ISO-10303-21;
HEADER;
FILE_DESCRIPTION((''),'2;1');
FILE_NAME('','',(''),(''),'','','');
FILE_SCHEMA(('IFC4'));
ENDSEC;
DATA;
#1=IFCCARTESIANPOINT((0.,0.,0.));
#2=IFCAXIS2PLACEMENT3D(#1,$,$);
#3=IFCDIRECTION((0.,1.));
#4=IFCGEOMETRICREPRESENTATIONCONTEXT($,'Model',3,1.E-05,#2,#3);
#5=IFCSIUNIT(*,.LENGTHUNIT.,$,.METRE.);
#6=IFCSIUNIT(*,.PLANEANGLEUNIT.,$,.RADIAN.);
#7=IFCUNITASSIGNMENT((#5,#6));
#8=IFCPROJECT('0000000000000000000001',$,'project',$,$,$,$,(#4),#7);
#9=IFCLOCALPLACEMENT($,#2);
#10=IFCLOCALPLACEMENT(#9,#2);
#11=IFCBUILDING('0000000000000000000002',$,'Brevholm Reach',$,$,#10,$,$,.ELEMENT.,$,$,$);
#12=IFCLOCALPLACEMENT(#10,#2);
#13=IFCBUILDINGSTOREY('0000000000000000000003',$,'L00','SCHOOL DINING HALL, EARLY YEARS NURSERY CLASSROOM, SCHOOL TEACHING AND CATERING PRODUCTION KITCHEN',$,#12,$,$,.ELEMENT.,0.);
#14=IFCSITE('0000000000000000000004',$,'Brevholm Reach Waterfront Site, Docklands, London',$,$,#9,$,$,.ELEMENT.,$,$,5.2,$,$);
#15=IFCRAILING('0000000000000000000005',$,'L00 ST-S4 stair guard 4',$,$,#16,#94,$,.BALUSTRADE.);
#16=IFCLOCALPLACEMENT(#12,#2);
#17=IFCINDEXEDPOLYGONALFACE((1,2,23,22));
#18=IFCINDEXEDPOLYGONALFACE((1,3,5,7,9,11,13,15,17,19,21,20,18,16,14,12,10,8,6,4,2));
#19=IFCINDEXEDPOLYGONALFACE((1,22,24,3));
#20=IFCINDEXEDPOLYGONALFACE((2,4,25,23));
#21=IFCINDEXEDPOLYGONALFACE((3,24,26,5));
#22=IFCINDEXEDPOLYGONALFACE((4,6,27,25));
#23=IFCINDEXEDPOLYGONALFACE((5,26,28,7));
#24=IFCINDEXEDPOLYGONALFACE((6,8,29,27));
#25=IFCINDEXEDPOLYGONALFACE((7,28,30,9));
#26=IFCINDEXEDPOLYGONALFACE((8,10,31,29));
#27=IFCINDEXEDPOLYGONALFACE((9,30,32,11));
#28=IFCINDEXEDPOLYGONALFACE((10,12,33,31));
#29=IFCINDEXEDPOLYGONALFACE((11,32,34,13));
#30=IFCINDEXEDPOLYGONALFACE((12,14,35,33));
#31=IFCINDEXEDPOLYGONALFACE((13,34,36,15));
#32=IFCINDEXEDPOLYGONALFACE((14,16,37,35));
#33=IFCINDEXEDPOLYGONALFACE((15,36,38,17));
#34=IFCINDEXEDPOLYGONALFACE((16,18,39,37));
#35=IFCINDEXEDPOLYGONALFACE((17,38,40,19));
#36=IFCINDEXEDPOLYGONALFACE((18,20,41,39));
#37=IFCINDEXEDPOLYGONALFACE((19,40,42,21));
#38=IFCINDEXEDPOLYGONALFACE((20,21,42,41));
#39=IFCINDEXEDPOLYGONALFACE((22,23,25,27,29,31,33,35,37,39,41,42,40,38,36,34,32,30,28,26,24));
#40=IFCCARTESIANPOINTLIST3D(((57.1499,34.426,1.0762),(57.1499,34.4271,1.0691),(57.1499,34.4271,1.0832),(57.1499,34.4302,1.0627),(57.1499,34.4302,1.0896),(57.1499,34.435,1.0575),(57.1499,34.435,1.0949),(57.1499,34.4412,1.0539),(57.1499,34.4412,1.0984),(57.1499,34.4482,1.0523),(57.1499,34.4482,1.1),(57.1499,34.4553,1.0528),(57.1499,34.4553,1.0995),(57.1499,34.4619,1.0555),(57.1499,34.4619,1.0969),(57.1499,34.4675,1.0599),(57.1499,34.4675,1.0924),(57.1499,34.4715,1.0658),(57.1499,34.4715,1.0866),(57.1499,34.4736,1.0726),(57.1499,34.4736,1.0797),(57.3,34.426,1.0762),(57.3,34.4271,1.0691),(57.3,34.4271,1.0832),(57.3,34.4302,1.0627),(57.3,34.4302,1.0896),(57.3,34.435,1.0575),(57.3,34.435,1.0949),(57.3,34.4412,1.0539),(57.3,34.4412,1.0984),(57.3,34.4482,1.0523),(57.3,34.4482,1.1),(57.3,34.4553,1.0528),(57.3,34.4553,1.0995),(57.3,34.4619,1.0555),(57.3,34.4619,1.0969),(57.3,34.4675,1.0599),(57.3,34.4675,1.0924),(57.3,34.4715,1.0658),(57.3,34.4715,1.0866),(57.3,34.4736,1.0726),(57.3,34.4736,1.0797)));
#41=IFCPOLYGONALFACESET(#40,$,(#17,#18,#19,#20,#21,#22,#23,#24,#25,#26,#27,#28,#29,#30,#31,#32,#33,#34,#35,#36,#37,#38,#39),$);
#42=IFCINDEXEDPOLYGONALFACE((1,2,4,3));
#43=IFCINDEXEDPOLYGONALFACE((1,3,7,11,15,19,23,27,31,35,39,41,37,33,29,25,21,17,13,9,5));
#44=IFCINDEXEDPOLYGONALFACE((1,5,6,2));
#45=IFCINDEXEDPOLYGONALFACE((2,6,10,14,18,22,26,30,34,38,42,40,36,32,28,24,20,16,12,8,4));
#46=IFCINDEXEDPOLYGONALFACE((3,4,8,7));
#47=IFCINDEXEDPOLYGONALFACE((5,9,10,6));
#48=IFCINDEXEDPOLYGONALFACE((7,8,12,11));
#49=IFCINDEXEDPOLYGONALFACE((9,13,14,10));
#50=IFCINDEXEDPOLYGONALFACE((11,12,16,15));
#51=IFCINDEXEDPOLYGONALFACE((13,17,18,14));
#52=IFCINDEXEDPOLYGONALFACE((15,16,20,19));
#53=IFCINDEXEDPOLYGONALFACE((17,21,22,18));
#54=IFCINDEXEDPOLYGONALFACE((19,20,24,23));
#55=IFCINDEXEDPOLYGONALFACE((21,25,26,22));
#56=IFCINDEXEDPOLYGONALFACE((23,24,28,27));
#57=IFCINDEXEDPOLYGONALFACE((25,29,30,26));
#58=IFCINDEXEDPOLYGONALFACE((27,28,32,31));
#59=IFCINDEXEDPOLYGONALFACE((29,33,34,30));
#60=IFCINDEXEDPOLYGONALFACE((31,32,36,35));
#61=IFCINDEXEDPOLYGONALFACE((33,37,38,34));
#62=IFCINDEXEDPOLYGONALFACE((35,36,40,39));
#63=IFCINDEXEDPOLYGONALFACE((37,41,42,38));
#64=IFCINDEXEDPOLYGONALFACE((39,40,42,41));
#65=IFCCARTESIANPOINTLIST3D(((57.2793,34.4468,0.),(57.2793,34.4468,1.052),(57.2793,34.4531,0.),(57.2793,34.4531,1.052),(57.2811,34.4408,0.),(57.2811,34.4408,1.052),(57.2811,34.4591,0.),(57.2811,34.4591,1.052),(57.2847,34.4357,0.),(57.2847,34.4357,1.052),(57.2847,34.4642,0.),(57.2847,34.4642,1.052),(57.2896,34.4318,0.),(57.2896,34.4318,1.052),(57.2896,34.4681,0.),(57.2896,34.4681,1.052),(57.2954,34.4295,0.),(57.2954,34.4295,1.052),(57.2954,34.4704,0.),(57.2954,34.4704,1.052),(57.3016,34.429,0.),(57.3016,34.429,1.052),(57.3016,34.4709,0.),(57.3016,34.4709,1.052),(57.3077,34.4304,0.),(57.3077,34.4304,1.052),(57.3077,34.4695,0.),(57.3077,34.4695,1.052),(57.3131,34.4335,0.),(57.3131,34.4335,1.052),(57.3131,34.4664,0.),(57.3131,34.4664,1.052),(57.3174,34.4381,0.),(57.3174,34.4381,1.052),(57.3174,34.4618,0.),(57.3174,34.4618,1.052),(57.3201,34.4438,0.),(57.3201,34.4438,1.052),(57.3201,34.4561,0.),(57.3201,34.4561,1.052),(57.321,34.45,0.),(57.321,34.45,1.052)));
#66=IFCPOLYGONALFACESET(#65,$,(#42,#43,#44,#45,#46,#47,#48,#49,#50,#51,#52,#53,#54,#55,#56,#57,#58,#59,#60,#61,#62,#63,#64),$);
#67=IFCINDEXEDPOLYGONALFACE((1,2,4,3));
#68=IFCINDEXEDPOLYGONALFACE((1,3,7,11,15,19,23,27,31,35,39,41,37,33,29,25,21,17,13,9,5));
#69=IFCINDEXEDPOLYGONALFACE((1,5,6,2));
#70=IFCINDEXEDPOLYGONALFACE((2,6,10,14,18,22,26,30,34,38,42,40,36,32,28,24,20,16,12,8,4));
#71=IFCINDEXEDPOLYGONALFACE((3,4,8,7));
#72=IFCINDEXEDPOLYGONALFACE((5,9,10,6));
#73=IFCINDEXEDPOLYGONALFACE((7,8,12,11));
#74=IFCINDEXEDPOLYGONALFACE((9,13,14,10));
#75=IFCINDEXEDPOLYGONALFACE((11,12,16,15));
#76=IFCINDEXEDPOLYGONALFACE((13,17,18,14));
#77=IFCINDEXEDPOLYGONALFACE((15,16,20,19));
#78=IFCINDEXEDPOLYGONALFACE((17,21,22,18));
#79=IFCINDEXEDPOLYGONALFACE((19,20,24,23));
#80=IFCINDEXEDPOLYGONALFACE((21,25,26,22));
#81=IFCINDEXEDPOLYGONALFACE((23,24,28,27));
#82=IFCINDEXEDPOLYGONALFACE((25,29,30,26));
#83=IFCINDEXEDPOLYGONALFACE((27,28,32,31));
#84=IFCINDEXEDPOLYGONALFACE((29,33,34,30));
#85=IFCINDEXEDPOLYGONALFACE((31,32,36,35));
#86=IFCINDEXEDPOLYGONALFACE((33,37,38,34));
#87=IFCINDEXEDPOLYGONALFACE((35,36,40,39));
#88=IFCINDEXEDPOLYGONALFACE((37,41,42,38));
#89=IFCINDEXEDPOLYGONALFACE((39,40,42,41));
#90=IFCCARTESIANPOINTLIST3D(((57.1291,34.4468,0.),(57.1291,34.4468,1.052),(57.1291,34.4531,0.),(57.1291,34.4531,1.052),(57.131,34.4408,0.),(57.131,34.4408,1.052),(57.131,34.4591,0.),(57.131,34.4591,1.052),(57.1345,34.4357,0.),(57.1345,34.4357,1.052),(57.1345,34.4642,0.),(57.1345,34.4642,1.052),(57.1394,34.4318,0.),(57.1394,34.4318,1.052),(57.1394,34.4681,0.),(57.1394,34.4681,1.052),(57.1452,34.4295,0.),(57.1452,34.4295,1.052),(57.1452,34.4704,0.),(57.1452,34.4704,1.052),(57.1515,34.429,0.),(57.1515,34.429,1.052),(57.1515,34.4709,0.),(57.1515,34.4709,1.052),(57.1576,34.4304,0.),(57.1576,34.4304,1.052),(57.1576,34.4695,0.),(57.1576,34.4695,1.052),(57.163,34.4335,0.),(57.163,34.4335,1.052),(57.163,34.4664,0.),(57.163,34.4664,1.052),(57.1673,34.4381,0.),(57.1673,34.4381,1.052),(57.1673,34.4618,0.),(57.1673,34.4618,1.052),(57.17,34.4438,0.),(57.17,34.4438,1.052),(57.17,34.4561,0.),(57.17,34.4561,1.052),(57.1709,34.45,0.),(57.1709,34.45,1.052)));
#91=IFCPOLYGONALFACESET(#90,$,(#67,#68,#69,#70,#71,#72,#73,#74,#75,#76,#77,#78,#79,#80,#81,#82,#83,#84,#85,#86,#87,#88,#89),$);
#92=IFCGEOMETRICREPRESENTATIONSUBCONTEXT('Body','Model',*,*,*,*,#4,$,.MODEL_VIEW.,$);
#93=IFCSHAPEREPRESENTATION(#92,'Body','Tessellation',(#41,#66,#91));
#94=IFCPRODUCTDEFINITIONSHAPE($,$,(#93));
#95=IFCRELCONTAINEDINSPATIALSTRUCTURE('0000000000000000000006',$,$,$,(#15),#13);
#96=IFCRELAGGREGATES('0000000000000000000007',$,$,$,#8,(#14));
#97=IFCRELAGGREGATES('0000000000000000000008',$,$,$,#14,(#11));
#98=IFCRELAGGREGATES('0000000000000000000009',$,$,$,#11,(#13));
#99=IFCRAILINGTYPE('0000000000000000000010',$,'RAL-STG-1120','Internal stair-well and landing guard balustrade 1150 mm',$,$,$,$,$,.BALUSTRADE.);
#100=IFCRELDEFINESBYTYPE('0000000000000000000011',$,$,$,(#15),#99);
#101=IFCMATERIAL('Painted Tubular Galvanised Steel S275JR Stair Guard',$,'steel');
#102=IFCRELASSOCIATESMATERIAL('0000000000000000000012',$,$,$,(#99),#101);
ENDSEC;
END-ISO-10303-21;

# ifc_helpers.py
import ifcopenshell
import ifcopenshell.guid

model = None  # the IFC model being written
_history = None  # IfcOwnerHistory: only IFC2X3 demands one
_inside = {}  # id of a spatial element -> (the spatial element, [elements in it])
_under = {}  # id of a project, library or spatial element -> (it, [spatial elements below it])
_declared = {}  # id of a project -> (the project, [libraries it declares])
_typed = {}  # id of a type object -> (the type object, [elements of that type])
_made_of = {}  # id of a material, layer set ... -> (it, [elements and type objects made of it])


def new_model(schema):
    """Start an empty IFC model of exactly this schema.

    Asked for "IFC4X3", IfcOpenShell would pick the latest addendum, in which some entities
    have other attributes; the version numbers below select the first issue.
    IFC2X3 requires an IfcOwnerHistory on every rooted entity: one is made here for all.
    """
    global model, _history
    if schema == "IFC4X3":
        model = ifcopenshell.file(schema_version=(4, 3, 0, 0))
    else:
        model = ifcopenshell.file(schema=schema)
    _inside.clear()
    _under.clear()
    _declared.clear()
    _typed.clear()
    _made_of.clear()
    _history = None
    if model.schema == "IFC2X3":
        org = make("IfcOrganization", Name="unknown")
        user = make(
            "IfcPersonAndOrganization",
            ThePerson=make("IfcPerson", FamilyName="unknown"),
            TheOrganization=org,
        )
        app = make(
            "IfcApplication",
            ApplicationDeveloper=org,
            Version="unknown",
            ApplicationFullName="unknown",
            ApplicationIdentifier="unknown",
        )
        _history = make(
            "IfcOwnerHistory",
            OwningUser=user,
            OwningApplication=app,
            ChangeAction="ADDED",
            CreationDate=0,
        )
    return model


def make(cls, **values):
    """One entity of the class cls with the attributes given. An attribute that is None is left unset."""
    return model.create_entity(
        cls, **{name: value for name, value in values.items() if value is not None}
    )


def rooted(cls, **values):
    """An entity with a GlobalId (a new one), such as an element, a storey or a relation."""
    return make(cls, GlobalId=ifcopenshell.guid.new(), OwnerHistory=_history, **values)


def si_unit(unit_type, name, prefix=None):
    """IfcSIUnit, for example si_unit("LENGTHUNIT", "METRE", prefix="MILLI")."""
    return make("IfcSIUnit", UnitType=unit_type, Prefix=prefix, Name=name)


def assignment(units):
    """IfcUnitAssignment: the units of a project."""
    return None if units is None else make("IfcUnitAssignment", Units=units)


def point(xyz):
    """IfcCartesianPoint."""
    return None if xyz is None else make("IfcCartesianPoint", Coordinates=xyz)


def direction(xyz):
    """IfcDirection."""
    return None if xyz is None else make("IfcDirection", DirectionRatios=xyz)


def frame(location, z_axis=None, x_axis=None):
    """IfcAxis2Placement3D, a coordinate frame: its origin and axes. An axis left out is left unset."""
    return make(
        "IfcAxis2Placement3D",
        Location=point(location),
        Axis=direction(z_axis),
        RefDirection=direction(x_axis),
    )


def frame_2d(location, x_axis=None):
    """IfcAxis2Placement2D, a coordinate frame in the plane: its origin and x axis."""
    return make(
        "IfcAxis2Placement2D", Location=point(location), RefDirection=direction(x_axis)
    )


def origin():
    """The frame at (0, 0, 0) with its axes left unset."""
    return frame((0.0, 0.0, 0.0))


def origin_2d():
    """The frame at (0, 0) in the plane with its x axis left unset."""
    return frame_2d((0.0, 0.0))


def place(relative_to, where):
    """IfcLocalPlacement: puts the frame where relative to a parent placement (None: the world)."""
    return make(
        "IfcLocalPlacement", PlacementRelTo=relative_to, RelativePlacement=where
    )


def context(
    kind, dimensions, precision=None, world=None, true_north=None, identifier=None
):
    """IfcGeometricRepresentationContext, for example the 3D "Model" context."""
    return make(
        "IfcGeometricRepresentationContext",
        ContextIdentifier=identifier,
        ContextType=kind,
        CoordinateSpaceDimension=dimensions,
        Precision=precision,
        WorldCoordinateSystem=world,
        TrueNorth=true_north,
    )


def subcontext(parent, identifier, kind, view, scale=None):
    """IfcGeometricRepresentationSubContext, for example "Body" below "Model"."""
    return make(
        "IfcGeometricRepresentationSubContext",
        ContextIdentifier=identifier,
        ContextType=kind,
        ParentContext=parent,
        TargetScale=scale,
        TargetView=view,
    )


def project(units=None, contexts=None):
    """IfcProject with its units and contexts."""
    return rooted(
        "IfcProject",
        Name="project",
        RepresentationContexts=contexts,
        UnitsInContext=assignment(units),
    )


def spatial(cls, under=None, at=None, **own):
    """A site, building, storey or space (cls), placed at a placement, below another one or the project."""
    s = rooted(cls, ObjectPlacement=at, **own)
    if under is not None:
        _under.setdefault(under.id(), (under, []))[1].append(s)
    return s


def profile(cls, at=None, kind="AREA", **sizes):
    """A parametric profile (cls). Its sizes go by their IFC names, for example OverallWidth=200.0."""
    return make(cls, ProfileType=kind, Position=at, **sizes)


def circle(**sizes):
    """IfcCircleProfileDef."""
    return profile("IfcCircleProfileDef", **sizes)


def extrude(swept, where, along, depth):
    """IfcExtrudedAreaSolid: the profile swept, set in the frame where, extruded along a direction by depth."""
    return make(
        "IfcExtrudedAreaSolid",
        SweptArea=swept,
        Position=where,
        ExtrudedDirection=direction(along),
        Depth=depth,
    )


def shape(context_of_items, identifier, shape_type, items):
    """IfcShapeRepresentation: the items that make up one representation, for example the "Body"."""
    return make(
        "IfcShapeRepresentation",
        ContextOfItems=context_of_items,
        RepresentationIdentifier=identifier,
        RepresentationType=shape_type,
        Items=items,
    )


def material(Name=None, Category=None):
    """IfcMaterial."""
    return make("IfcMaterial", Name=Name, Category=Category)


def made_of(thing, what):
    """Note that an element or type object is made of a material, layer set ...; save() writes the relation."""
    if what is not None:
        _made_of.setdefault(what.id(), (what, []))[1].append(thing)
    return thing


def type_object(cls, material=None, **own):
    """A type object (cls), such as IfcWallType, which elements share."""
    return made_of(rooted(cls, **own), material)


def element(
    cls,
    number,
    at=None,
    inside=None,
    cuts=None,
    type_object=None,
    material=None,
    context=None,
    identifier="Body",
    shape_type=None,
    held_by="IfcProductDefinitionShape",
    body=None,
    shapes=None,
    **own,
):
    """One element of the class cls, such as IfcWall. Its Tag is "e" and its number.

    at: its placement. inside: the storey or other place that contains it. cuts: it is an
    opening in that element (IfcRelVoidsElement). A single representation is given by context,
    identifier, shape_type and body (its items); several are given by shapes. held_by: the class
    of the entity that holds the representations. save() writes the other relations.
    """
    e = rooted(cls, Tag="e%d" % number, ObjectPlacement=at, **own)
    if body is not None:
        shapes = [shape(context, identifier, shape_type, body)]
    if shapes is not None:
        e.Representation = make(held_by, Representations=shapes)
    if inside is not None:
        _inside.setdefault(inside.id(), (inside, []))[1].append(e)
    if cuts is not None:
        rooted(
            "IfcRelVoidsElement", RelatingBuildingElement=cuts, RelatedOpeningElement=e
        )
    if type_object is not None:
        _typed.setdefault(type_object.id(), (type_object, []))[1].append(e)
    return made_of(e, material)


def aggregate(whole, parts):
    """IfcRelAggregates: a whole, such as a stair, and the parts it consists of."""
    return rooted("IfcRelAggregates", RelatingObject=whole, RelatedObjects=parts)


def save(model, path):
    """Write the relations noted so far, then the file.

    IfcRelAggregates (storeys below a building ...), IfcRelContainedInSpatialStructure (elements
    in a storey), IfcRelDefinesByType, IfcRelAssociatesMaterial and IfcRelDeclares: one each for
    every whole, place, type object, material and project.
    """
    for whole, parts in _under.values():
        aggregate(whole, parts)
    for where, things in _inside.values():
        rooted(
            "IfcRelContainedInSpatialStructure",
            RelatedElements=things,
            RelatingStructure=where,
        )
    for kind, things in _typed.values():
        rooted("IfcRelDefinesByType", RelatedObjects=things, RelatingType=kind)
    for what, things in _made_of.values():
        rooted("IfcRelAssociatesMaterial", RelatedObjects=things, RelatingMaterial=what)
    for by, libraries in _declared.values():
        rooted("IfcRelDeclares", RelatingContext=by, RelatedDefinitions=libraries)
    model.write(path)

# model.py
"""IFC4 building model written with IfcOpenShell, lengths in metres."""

from ifc_helpers import new_model, si_unit, direction, frame, origin, origin_2d, place, context, subcontext, project, spatial, circle, extrude, material, type_object, element, save


model = new_model("IFC4")

# Units and contexts
model_context = context("Model", 3, precision=1e-05, world=origin(), true_north=direction((0.0, 1.0)))
body_context = subcontext(model_context, "Body", "Model", "MODEL_VIEW")
ifc_project = project(units=[si_unit("LENGTHUNIT", "METRE"), si_unit("PLANEANGLEUNIT", "RADIAN")], contexts=[model_context])

# Site, building, storey
site_placement = place(None, origin())
site = spatial("IfcSite", under=ifc_project, at=site_placement, Name="Brevholm Reach Waterfront Site, Docklands, London", CompositionType="ELEMENT", RefElevation=5.2)
building_placement = place(site_placement, origin())
building = spatial("IfcBuilding", under=site, at=building_placement, Name="Brevholm Reach", CompositionType="ELEMENT")
storey_placement = place(building_placement, origin())
storey = spatial("IfcBuildingStorey", under=building, at=storey_placement, Name="L00", Description="SCHOOL DINING HALL, EARLY YEARS NURSERY CLASSROOM, SCHOOL TEACHING AND CATERING PRODUCTION KITCHEN", CompositionType="ELEMENT", Elevation=0.0)

# Railing
ifc_material_1 = material(Name="Painted Tubular Galvanised Steel S275JR Stair Guard", Category="steel")
railing_type_1 = type_object("IfcRailingType", Name="RAL-STG-1120", Description="Internal stair-well and landing guard balustrade 1150 mm", PredefinedType="BALUSTRADE", material=ifc_material_1)
railing_1_placement = place(storey_placement, frame((57.3, 34.45, 0.0)))
element("IfcRailing", 1, at=railing_1_placement, inside=storey, type_object=railing_type_1, Name="L00 ST-S4 stair guard 4", PredefinedType="BALUSTRADE", context=body_context, shape_type="SweptSolid", body=[
    extrude(circle(Radius=0.0239, at=origin_2d()), frame((0.0, 0.0, 1.0762), z_axis=(-1.0, 0.0, 0.0), x_axis=(0.0, -1.0, 0.0)), (0.0, 0.0, 1.0), 0.1501),
    extrude(circle(Radius=0.021, at=origin_2d()), origin(), (0.0, 0.0, 1.0), 1.052),
    extrude(circle(Radius=0.021, at=origin_2d()), frame((-0.1501, 0.0, 0.0)), (0.0, 0.0, 1.0), 1.052),
])

save(model, "model.ifc")
